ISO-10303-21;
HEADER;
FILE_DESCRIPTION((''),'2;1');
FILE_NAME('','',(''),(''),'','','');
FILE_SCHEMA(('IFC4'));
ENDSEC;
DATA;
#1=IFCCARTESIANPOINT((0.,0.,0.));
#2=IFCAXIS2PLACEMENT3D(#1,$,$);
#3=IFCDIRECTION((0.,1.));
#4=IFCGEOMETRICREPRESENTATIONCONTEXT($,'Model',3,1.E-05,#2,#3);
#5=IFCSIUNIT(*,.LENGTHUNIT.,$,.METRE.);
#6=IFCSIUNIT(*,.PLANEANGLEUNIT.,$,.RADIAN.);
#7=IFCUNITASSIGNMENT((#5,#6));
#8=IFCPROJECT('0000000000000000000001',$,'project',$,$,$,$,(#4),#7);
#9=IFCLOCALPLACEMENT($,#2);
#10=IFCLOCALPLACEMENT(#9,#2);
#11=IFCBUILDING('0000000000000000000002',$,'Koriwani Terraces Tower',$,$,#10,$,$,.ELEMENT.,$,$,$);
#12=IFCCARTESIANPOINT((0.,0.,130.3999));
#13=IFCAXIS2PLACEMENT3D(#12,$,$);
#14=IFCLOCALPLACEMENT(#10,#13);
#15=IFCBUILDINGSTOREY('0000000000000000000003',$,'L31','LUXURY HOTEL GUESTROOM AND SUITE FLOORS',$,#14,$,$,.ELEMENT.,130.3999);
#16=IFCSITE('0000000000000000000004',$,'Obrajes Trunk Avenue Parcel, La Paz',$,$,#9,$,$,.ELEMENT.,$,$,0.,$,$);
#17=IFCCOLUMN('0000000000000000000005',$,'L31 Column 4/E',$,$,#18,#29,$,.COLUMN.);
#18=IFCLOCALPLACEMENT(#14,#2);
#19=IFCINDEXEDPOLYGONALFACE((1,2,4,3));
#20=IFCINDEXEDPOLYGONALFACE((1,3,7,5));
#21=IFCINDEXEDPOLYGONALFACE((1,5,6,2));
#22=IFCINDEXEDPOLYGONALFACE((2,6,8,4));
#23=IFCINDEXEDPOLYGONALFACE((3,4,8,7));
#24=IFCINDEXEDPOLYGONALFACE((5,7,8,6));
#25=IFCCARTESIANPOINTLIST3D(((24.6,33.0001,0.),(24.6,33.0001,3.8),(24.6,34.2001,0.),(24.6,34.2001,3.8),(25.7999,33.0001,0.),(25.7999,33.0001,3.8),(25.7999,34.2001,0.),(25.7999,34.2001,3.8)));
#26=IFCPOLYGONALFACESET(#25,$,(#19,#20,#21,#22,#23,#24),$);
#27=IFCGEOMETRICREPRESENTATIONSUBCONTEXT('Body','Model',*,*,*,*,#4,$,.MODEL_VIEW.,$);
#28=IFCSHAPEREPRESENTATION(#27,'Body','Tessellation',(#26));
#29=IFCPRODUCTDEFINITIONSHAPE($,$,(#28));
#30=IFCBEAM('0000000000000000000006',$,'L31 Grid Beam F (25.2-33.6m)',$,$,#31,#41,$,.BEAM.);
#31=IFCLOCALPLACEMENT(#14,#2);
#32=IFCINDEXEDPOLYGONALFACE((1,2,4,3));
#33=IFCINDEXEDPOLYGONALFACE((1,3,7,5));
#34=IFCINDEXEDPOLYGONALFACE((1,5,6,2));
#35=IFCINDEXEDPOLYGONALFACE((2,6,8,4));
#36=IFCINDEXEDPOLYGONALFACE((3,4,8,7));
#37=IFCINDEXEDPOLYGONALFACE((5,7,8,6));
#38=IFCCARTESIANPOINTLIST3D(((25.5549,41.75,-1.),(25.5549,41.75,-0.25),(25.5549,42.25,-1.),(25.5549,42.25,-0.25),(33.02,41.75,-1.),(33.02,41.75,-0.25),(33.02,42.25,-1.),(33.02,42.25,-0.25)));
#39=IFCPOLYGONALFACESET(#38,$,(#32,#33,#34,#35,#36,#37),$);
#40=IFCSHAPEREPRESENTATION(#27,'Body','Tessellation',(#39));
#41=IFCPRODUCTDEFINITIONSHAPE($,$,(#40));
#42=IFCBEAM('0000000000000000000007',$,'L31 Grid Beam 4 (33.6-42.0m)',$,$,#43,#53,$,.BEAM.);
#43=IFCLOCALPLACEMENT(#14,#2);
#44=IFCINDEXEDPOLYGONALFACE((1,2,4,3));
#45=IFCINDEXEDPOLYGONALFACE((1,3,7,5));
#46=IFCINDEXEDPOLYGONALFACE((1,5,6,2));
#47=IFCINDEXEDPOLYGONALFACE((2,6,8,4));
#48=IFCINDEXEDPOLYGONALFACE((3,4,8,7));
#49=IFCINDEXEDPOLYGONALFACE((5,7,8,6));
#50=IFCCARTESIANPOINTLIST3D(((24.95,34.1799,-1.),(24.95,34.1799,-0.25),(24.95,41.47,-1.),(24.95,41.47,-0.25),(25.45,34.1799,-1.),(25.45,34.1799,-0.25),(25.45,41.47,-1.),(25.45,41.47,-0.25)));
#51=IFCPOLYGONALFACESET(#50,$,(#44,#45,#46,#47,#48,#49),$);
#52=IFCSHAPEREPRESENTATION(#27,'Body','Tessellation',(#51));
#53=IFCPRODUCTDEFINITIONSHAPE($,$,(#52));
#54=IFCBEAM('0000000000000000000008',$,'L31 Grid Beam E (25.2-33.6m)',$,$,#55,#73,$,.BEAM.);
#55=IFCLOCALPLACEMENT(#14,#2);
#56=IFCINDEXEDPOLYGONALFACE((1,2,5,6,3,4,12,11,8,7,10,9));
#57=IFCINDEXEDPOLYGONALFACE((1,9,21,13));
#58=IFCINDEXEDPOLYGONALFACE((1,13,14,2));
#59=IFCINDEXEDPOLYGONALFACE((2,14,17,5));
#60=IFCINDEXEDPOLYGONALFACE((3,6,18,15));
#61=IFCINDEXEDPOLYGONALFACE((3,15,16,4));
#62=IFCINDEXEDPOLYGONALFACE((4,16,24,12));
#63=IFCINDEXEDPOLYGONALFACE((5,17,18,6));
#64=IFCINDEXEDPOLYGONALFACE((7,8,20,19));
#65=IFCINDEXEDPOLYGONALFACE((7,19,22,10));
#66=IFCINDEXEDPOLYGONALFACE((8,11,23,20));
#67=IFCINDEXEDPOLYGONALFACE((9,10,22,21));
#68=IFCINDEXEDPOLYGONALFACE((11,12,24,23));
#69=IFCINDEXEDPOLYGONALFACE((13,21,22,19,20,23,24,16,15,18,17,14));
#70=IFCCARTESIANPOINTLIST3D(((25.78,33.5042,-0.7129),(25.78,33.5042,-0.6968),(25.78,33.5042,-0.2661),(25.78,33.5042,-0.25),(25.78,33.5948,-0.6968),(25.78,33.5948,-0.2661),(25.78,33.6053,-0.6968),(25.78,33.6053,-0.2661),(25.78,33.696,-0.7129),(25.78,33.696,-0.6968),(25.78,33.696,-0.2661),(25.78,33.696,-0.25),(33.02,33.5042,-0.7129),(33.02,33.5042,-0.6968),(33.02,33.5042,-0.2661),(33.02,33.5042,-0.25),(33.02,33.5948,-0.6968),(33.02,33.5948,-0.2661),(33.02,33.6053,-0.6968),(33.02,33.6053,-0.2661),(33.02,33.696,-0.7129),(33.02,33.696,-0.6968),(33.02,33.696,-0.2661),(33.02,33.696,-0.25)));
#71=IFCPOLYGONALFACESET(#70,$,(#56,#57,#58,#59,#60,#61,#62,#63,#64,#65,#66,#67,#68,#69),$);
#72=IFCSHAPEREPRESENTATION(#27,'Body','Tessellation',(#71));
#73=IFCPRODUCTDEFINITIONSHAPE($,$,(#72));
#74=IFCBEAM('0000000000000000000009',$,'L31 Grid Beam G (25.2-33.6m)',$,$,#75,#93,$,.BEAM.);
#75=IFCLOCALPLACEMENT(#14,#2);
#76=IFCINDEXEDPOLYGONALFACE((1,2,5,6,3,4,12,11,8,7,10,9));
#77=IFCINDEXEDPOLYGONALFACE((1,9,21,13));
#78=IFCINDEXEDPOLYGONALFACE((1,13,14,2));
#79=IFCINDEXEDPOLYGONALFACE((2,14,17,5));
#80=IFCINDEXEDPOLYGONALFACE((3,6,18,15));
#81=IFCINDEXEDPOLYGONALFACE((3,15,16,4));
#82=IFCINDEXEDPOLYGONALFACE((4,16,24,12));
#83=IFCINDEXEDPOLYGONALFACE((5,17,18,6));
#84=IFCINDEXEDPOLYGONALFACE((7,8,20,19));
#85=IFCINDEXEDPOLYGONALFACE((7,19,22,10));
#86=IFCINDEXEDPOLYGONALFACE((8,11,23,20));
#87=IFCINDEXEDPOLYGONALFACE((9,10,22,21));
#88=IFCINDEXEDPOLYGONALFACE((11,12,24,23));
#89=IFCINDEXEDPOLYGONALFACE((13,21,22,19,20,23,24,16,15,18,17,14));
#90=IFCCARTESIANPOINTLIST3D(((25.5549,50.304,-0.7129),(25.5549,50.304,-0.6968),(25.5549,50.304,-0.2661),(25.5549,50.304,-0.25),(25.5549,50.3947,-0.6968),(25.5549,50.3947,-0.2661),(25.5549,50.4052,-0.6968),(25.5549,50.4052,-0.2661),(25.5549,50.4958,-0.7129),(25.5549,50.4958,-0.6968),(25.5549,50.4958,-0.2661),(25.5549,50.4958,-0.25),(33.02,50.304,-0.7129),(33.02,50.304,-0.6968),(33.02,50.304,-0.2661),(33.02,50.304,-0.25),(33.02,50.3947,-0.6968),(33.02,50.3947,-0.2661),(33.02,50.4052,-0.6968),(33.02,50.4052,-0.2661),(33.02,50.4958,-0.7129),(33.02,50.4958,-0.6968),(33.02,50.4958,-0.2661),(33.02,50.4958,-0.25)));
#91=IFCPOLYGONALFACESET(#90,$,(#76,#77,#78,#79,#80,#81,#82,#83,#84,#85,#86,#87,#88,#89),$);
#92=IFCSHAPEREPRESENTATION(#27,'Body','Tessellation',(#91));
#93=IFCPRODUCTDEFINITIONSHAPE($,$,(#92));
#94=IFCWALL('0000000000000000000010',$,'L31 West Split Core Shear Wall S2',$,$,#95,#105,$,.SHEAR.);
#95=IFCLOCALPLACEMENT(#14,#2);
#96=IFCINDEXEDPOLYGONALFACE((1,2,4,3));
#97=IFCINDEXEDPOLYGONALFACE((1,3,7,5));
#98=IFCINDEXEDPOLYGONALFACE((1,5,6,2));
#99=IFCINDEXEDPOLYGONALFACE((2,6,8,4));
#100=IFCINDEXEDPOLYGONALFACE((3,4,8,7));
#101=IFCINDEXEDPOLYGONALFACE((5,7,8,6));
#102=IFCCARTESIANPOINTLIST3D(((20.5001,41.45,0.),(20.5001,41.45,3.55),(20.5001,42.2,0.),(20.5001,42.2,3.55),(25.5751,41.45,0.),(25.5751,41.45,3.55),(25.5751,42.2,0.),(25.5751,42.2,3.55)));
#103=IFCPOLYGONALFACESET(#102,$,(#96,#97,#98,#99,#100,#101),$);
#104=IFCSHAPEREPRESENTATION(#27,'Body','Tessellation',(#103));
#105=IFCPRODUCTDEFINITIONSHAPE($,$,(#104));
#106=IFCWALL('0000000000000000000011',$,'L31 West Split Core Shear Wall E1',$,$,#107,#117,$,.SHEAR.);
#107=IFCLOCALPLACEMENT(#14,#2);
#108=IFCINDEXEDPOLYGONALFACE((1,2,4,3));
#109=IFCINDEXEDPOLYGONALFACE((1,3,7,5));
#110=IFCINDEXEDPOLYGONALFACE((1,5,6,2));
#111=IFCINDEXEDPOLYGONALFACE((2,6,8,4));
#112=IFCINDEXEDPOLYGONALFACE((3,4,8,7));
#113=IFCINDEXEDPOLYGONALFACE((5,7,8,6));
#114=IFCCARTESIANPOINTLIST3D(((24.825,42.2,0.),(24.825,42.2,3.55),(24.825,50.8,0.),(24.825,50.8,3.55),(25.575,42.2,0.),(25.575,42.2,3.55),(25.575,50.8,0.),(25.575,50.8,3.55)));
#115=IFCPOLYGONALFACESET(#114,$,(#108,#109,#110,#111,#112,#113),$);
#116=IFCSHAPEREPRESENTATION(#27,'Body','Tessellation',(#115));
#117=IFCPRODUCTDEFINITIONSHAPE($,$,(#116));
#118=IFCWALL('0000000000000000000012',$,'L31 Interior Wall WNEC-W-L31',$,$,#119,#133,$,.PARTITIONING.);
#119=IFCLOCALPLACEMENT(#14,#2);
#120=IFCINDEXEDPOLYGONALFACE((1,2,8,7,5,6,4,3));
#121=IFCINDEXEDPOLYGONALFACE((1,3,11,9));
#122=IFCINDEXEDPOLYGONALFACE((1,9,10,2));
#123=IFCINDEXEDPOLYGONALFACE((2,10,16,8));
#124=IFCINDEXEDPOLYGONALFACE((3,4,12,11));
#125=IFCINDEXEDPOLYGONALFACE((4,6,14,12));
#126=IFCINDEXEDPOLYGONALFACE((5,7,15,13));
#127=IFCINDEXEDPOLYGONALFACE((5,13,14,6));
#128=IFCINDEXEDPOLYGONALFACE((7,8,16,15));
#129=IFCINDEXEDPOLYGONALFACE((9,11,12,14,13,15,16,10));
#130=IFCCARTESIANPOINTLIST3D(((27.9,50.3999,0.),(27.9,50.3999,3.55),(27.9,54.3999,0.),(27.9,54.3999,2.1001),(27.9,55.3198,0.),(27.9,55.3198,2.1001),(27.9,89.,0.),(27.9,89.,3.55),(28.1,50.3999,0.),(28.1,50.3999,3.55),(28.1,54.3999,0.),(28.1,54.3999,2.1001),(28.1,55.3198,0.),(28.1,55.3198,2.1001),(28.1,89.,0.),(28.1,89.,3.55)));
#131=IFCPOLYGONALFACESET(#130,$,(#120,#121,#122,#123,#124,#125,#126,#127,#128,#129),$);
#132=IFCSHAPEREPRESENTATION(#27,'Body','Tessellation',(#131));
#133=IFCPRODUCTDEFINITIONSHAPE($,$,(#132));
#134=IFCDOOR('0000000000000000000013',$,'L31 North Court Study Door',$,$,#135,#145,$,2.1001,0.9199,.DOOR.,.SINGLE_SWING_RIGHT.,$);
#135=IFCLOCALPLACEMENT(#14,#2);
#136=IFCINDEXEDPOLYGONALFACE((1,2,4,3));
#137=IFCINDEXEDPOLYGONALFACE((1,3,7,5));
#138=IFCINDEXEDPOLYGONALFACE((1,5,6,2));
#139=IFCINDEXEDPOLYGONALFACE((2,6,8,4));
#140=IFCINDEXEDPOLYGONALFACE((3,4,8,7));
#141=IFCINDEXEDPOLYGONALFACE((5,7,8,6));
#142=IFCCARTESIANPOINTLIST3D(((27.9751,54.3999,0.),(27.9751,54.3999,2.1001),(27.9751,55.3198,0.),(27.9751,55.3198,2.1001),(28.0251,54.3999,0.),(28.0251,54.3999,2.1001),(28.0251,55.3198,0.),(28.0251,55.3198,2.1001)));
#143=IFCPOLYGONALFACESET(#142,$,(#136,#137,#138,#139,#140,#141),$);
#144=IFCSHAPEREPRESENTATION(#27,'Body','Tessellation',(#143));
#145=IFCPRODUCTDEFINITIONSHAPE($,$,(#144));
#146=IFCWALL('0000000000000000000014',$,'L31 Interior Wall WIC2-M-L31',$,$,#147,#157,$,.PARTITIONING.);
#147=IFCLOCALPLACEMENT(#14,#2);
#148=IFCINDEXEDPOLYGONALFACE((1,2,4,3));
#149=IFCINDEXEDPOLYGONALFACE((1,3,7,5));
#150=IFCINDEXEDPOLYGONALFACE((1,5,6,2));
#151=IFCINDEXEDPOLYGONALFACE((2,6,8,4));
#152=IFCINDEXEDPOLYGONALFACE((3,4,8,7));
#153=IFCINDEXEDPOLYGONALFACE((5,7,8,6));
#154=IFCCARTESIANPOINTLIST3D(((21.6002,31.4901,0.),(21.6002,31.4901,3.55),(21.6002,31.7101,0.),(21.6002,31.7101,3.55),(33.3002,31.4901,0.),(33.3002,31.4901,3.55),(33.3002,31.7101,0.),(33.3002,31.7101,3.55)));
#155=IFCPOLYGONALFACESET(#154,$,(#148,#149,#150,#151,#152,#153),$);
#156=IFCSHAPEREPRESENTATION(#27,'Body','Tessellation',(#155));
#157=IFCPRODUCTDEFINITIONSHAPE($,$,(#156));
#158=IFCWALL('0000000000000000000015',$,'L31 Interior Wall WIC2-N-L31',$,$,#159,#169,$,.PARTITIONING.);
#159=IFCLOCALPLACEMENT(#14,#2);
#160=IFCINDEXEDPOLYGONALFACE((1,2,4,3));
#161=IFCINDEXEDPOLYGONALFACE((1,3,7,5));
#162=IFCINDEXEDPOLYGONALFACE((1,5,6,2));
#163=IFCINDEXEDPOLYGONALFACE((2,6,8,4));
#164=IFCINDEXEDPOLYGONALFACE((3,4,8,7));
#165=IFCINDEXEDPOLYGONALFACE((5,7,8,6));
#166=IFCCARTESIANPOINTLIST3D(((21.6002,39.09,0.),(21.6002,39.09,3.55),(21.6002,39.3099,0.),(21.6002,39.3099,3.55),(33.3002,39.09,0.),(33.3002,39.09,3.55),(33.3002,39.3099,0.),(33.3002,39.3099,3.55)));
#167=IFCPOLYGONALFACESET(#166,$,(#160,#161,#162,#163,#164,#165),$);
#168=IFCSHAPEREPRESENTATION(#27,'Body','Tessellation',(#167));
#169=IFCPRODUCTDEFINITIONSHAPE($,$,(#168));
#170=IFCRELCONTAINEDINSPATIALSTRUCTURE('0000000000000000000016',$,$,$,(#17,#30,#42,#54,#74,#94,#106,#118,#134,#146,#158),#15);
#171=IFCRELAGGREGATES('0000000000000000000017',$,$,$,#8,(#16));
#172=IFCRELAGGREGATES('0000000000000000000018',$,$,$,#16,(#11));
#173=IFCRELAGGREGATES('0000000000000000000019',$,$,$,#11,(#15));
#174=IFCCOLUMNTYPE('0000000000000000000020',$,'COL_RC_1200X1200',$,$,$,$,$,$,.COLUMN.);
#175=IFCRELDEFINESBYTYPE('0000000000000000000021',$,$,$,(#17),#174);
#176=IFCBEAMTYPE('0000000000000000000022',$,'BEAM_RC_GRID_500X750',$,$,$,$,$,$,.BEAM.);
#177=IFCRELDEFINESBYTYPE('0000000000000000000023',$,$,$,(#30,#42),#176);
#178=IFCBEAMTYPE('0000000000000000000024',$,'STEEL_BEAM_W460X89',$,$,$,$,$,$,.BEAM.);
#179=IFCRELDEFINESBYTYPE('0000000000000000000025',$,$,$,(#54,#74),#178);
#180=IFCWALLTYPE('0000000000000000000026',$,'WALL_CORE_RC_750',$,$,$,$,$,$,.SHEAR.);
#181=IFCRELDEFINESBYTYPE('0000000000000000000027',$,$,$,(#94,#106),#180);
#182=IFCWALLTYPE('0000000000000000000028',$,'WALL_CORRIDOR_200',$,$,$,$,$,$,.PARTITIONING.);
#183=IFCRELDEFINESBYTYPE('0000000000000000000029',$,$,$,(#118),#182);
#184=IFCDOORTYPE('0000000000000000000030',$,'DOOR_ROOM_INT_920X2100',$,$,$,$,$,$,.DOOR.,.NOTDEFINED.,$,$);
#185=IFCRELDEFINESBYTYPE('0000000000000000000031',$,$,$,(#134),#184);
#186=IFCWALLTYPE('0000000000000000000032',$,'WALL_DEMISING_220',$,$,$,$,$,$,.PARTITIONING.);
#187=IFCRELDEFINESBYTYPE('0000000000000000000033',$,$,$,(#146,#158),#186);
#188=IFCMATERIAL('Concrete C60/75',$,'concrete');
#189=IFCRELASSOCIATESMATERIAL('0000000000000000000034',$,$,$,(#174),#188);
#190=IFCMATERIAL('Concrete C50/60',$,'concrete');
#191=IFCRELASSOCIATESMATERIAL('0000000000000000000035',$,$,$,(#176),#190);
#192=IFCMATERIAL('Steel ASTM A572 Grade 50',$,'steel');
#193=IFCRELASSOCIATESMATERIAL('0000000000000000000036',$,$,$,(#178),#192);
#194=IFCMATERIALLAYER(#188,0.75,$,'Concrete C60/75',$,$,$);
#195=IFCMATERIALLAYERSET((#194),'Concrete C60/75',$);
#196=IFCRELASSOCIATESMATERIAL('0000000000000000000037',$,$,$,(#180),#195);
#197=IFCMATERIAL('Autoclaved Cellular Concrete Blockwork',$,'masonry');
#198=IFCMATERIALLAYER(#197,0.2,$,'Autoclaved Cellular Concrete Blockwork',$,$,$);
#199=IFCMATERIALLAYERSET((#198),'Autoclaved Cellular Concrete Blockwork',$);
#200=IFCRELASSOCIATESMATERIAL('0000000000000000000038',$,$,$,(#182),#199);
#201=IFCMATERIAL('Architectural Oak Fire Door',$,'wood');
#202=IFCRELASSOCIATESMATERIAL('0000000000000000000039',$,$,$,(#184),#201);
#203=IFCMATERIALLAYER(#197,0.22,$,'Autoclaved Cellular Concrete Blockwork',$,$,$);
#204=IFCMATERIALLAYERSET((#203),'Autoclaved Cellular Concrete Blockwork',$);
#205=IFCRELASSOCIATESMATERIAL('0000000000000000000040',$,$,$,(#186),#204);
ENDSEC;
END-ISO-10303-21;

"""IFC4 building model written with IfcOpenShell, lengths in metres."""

from ifc_helpers import new_model, si_unit, direction, frame, frame_2d, origin, origin_2d, place, context, subcontext, project, spatial, rectangle, i_section, extrude, material, layer, layer_set, material_profile, profile_set, type_object, element, fill, save


model = new_model("IFC4")

# Units and contexts
model_context = context("Model", 3, precision=1e-05, world=origin(), true_north=direction((0.0, 1.0)))
body_context = subcontext(model_context, "Body", "Model", "MODEL_VIEW")
ifc_project = project(units=[si_unit("LENGTHUNIT", "METRE"), si_unit("PLANEANGLEUNIT", "RADIAN")], contexts=[model_context])

# Site, building, storey
site_placement = place(None, origin())
site = spatial("IfcSite", under=ifc_project, at=site_placement, Name="Obrajes Trunk Avenue Parcel, La Paz", CompositionType="ELEMENT", RefElevation=0.0)
building_placement = place(site_placement, origin())
building = spatial("IfcBuilding", under=site, at=building_placement, Name="Koriwani Terraces Tower", CompositionType="ELEMENT")
storey_placement = place(building_placement, frame((0.0, 0.0, 130.3999)))
storey = spatial("IfcBuildingStorey", under=building, at=storey_placement, Name="L31", Description="LUXURY HOTEL GUESTROOM AND SUITE FLOORS", CompositionType="ELEMENT", Elevation=130.3999)

# Column
ifc_material_1 = material(Name="Concrete C60/75", Category="concrete")
ifc_material_profile_1 = material_profile(ifc_material_1, rectangle(XDim=1.2, YDim=1.2, at=origin_2d()), Name="Concrete C60/75", Category="LoadBearing")
ifc_profile_set_1 = profile_set([ifc_material_profile_1], Name="Concrete C60/75")
column_type = type_object("IfcColumnType", Name="COL_RC_1200X1200", PredefinedType="COLUMN", material=ifc_profile_set_1)
column_placement = place(storey_placement, frame((25.2, 33.6001, 0.0), z_axis=(0.0, 0.0, 1.0), x_axis=(1.0, 0.0, 0.0)))
element("IfcColumn", 1, at=column_placement, inside=storey, type_object=column_type, Name="L31 Column 4/E", PredefinedType="COLUMN", context=body_context, shape_type="SweptSolid", body=[
    extrude(rectangle(XDim=1.2, YDim=1.2, at=origin_2d()), origin(), (0.0, 0.0, 1.0), 3.8),
])

# Beams
ifc_material_2 = material(Name="Concrete C50/60", Category="concrete")
ifc_material_profile_2 = material_profile(ifc_material_2, rectangle(XDim=0.5, YDim=0.75, at=origin_2d()), Name="Concrete C50/60", Category="LoadBearing")
ifc_profile_set_2 = profile_set([ifc_material_profile_2], Name="Concrete C50/60")
beam_type_1 = type_object("IfcBeamType", Name="BEAM_RC_GRID_500X750", PredefinedType="BEAM", material=ifc_profile_set_2)
beam_1_placement = place(storey_placement, frame((25.5549, 42.0, -0.625), z_axis=(1.0, 0.0, 0.0), x_axis=(0.0, 1.0, 0.0)))
element("IfcBeam", 2, at=beam_1_placement, inside=storey, type_object=beam_type_1, Name="L31 Grid Beam F (25.2-33.6m)", PredefinedType="BEAM", context=body_context, shape_type="SweptSolid", body=[
    extrude(rectangle(XDim=0.5, YDim=0.75, at=origin_2d()), origin(), (0.0, 0.0, 1.0), 7.4651),
])
beam_2_placement = place(storey_placement, frame((25.2, 34.1799, -0.625), z_axis=(0.0, 1.0, 0.0), x_axis=(-1.0, 0.0, 0.0)))
element("IfcBeam", 3, at=beam_2_placement, inside=storey, type_object=beam_type_1, Name="L31 Grid Beam 4 (33.6-42.0m)", PredefinedType="BEAM", context=body_context, shape_type="SweptSolid", body=[
    extrude(rectangle(XDim=0.5, YDim=0.75, at=origin_2d()), origin(), (0.0, 0.0, 1.0), 7.29),
])
ifc_material_3 = material(Name="Steel ASTM A572 Grade 50", Category="steel")
ifc_material_profile_3 = material_profile(ifc_material_3, i_section(OverallWidth=0.1919, OverallDepth=0.4629, WebThickness=0.0105, FlangeThickness=0.0161, at=origin_2d()), Name="Steel ASTM A572 Grade 50", Category="LoadBearing")
ifc_profile_set_3 = profile_set([ifc_material_profile_3], Name="Steel ASTM A572 Grade 50")
beam_type_2 = type_object("IfcBeamType", Name="STEEL_BEAM_W460X89", PredefinedType="BEAM", material=ifc_profile_set_3)
beam_3_placement = place(storey_placement, frame((25.78, 33.6001, -0.4814), z_axis=(1.0, 0.0, 0.0), x_axis=(0.0, 1.0, 0.0)))
element("IfcBeam", 4, at=beam_3_placement, inside=storey, type_object=beam_type_2, Name="L31 Grid Beam E (25.2-33.6m)", PredefinedType="BEAM", context=body_context, shape_type="SweptSolid", body=[
    extrude(i_section(OverallWidth=0.1919, OverallDepth=0.4629, WebThickness=0.0105, FlangeThickness=0.0161, at=origin_2d()), origin(), (0.0, 0.0, 1.0), 7.24),
])
beam_4_placement = place(storey_placement, frame((25.5549, 50.3999, -0.4814), z_axis=(1.0, 0.0, 0.0), x_axis=(0.0, 1.0, 0.0)))
element("IfcBeam", 5, at=beam_4_placement, inside=storey, type_object=beam_type_2, Name="L31 Grid Beam G (25.2-33.6m)", PredefinedType="BEAM", context=body_context, shape_type="SweptSolid", body=[
    extrude(i_section(OverallWidth=0.1919, OverallDepth=0.4629, WebThickness=0.0105, FlangeThickness=0.0161, at=origin_2d()), origin(), (0.0, 0.0, 1.0), 7.4651),
])

# Walls
ifc_layer_1 = layer(ifc_material_1, 0.75, Name="Concrete C60/75")
ifc_layer_set_1 = layer_set([ifc_layer_1], Name="Concrete C60/75")
wall_type_1 = type_object("IfcWallType", Name="WALL_CORE_RC_750", PredefinedType="SHEAR", material=ifc_layer_set_1)
wall_1_placement = place(storey_placement, frame((20.5, 41.825, 0.0), z_axis=(0.0, 0.0, 1.0), x_axis=(1.0, 0.0, 0.0)))
element("IfcWall", 6, at=wall_1_placement, inside=storey, type_object=wall_type_1, Name="L31 West Split Core Shear Wall S2", PredefinedType="SHEAR", context=body_context, shape_type="SweptSolid", body=[
    extrude(rectangle(XDim=5.075, YDim=0.75, at=frame_2d((2.5376, 0.0))), origin(), (0.0, 0.0, 1.0), 3.55),
])
wall_2_placement = place(storey_placement, frame((25.2, 42.2, 0.0), z_axis=(0.0, 0.0, 1.0), x_axis=(0.0, 1.0, 0.0)))
element("IfcWall", 7, at=wall_2_placement, inside=storey, type_object=wall_type_1, Name="L31 West Split Core Shear Wall E1", PredefinedType="SHEAR", context=body_context, shape_type="SweptSolid", body=[
    extrude(rectangle(XDim=8.6001, YDim=0.75, at=frame_2d((4.3, 0.0))), origin(), (0.0, 0.0, 1.0), 3.55),
])

# Wall, opening, door
ifc_material_4 = material(Name="Autoclaved Cellular Concrete Blockwork", Category="masonry")
ifc_layer_2 = layer(ifc_material_4, 0.2, Name="Autoclaved Cellular Concrete Blockwork")
ifc_layer_set_2 = layer_set([ifc_layer_2], Name="Autoclaved Cellular Concrete Blockwork")
wall_type_2 = type_object("IfcWallType", Name="WALL_CORRIDOR_200", PredefinedType="PARTITIONING", material=ifc_layer_set_2)
wall_3_placement = place(storey_placement, frame((28.0, 50.3999, 0.0), z_axis=(0.0, 0.0, 1.0), x_axis=(0.0, 1.0, 0.0)))
wall_3 = element("IfcWall", 8, at=wall_3_placement, inside=storey, type_object=wall_type_2, Name="L31 Interior Wall WNEC-W-L31", PredefinedType="PARTITIONING", context=body_context, shape_type="SweptSolid", body=[
    extrude(rectangle(XDim=38.6001, YDim=0.2, at=frame_2d((19.3, 0.0))), origin(), (0.0, 0.0, 1.0), 3.55),
])
opening_1_placement = place(wall_3_placement, frame((4.0, 0.0, 0.0)))
opening_1 = element("IfcOpeningElement", 9, at=opening_1_placement, cuts=wall_3, PredefinedType="OPENING", context=body_context, shape_type="SweptSolid", body=[
    extrude(rectangle(XDim=0.9199, YDim=2.1001, at=frame_2d((0.46, 1.05))), frame((0.0, 0.1099, 0.0), z_axis=(0.0, -1.0, 0.0), x_axis=(1.0, 0.0, 0.0)), (0.0, 0.0, 1.0), 0.22),
])
ifc_material_5 = material(Name="Architectural Oak Fire Door", Category="wood")
door_type_1 = type_object("IfcDoorType", Name="DOOR_ROOM_INT_920X2100", OperationType="NOTDEFINED", PredefinedType="DOOR", material=ifc_material_5)
door_1_placement = place(opening_1_placement, origin())
door_1 = element("IfcDoor", 10, at=door_1_placement, inside=storey, type_object=door_type_1, Name="L31 North Court Study Door", OperationType="SINGLE_SWING_RIGHT", OverallHeight=2.1001, OverallWidth=0.9199, PredefinedType="DOOR", context=body_context, shape_type="SweptSolid", body=[
    extrude(rectangle(XDim=0.9199, YDim=2.1001, at=frame_2d((0.46, 1.05))), frame((0.0, 0.0249, 0.0), z_axis=(0.0, -1.0, 0.0), x_axis=(1.0, 0.0, 0.0)), (0.0, 0.0, 1.0), 0.05),
])
fill(opening_1, door_1)

# Walls
ifc_layer_3 = layer(ifc_material_4, 0.22, Name="Autoclaved Cellular Concrete Blockwork")
ifc_layer_set_3 = layer_set([ifc_layer_3], Name="Autoclaved Cellular Concrete Blockwork")
wall_type_3 = type_object("IfcWallType", Name="WALL_DEMISING_220", PredefinedType="PARTITIONING", material=ifc_layer_set_3)
for number, where, z_axis, x_axis, name in (
    (11, (21.6001, 31.6001, 0.0), (0.0, 0.0, 1.0), (1.0, 0.0, 0.0), "L31 Interior Wall WIC2-M-L31"),
    (12, (21.6001, 39.2, 0.0), (0.0, 0.0, 1.0), (1.0, 0.0, 0.0), "L31 Interior Wall WIC2-N-L31"),
):
    element("IfcWall", number, at=place(storey_placement, frame(where, z_axis=z_axis, x_axis=x_axis)), inside=storey, type_object=wall_type_3, Name=name, PredefinedType="PARTITIONING", context=body_context, shape_type="SweptSolid", body=[
        extrude(rectangle(XDim=11.7, YDim=0.22, at=frame_2d((5.8501, 0.0))), origin(), (0.0, 0.0, 1.0), 3.55),
    ])

save(model, "model.ifc")
